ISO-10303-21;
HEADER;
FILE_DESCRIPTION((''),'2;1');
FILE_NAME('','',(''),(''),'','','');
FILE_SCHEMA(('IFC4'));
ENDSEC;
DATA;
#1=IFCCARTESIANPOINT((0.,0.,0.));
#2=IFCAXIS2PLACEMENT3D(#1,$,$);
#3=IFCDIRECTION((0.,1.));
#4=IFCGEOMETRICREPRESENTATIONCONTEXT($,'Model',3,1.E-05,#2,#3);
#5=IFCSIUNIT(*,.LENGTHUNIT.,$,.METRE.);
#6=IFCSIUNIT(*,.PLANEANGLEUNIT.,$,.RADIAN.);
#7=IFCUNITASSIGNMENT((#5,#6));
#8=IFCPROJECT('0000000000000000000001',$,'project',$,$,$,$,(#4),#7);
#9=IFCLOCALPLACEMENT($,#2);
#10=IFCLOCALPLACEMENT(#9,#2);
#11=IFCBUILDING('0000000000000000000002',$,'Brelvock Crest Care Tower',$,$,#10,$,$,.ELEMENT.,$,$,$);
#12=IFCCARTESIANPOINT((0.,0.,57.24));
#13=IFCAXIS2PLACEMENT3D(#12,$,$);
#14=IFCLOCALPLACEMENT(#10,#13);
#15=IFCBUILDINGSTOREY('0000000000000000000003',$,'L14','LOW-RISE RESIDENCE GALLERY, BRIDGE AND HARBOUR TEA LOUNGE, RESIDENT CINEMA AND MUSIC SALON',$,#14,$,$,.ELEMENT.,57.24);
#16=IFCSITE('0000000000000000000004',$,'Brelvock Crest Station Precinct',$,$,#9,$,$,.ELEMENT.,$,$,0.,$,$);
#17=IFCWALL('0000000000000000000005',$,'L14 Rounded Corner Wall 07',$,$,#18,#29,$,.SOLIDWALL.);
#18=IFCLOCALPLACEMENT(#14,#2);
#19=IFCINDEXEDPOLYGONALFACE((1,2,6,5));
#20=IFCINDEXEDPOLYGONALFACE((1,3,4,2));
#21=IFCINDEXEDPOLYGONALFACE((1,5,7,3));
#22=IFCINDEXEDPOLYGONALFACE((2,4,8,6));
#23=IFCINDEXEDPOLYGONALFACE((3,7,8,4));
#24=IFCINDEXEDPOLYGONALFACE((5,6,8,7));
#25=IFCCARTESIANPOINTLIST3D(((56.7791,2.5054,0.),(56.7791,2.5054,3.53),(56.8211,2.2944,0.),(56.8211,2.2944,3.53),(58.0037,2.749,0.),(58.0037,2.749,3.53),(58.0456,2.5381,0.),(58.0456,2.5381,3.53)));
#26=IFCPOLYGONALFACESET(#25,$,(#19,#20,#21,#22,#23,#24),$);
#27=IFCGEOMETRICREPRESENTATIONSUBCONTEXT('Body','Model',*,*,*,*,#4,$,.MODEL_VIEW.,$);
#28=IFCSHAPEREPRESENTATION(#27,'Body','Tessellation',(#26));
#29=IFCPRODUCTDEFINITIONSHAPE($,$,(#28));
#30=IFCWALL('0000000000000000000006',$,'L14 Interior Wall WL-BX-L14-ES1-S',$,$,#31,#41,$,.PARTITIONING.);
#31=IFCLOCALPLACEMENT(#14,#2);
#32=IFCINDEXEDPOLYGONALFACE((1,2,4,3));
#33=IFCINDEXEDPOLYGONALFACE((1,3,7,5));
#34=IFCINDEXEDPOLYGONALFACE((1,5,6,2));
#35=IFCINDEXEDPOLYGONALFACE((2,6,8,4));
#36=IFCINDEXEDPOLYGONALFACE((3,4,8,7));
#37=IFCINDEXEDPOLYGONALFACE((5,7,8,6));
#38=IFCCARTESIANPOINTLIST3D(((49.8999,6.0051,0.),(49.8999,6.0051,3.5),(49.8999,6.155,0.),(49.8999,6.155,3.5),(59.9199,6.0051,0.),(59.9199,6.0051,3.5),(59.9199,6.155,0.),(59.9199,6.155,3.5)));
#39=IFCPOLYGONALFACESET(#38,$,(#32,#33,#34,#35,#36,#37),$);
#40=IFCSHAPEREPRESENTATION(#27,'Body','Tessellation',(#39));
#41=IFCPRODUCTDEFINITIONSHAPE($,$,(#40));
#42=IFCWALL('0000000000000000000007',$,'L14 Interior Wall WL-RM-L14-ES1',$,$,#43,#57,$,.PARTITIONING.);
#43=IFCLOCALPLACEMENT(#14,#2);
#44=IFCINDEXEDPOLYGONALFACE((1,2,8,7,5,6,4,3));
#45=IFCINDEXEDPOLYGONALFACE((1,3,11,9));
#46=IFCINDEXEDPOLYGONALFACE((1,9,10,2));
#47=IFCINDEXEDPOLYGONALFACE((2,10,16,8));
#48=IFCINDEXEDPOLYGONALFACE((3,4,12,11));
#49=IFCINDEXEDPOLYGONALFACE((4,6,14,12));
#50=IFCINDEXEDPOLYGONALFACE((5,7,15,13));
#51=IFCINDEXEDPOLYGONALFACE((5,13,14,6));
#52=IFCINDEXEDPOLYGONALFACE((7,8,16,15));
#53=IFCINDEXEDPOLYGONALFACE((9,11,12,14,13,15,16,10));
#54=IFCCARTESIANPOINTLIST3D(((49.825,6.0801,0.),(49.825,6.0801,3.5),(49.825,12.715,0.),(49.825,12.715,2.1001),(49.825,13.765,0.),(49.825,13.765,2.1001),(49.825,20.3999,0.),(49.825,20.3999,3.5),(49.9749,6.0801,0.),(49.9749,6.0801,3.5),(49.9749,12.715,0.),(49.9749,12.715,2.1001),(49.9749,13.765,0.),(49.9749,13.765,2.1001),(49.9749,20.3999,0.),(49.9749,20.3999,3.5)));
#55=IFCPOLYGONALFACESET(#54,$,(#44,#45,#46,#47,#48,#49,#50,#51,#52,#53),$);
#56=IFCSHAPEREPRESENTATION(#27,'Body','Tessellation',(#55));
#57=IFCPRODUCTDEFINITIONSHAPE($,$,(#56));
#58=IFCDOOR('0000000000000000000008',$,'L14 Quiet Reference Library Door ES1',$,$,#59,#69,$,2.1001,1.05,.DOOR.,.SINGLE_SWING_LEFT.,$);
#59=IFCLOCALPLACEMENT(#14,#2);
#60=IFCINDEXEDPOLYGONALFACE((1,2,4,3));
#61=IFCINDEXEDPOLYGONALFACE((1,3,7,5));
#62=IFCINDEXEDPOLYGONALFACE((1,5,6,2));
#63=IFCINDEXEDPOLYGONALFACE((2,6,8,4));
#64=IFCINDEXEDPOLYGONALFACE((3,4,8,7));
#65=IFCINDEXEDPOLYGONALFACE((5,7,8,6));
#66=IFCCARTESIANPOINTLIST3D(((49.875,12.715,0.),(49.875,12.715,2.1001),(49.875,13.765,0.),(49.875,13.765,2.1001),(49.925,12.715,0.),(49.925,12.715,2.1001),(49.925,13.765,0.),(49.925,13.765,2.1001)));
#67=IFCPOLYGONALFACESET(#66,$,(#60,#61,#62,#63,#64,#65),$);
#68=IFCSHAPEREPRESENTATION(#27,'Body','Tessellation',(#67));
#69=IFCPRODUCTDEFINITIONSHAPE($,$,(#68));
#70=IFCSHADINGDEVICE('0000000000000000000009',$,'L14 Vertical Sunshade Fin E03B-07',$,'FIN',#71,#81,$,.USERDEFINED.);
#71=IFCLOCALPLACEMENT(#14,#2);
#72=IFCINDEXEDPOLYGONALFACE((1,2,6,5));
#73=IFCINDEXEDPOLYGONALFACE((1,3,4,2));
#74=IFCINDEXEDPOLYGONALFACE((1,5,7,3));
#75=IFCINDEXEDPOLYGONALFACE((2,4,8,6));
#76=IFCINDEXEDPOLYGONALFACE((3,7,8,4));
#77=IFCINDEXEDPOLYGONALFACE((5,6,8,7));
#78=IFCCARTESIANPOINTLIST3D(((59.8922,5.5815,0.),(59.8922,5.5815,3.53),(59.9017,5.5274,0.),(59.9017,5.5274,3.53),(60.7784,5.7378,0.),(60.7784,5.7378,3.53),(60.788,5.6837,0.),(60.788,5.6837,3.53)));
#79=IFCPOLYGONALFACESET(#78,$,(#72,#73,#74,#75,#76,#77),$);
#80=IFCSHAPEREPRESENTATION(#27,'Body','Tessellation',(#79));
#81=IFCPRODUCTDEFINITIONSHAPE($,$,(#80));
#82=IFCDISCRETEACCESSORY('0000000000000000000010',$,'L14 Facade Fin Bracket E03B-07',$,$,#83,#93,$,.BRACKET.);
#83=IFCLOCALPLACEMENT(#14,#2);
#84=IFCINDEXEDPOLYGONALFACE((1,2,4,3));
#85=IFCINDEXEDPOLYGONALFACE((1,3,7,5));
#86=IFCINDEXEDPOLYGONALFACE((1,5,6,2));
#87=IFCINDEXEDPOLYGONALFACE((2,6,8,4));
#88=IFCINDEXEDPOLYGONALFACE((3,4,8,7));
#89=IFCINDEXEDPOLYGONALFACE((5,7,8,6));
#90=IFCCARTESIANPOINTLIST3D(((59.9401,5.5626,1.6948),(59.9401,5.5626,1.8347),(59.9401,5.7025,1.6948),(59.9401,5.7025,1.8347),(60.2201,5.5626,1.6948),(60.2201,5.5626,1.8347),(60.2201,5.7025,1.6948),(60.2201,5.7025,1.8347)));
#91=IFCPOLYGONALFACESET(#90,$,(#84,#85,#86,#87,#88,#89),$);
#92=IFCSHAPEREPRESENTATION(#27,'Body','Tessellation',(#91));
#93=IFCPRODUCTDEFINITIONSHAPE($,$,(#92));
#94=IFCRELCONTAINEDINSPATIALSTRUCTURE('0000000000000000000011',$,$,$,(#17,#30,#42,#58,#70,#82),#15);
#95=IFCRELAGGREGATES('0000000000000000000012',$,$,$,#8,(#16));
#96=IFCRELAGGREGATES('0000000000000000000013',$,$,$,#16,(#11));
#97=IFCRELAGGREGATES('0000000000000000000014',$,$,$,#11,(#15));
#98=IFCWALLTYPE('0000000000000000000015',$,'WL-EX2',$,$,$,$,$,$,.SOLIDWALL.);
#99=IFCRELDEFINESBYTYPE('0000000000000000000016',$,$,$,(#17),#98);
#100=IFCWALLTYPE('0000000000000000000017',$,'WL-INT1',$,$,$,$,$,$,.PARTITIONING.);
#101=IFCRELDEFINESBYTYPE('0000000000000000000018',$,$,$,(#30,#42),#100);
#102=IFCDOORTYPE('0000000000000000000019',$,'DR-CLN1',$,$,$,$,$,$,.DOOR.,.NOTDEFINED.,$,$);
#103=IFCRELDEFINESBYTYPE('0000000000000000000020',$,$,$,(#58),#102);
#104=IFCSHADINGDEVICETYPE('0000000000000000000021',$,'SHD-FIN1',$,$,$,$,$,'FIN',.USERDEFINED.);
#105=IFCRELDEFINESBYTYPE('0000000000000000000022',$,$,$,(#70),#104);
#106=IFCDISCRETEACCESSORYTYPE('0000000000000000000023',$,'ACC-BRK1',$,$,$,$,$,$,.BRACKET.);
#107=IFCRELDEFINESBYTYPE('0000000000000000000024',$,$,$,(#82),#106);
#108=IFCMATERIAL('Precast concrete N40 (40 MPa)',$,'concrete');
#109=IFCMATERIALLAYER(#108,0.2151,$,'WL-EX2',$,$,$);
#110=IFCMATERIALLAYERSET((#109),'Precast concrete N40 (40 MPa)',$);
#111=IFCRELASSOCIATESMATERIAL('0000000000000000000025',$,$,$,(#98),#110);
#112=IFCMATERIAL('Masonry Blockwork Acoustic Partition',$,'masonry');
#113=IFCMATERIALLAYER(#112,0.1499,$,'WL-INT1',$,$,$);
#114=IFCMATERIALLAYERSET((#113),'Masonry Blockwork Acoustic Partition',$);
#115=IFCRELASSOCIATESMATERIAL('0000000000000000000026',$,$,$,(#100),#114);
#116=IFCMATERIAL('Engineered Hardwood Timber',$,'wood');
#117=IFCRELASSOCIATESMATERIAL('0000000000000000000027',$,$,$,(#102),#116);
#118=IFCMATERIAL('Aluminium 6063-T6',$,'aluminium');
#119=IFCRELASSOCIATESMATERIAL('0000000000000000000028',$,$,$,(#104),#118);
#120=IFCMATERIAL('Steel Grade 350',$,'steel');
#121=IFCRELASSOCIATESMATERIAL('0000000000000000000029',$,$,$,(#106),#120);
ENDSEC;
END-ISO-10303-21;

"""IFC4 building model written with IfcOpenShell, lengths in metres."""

from ifc_helpers import new_model, si_unit, direction, frame, frame_2d, origin, origin_2d, place, context, subcontext, project, spatial, rectangle, extrude, source, transform, mapped, material, layer, layer_set, material_profile, profile_set, type_object, element, fill, save


model = new_model("IFC4")

# Units and contexts
model_context = context("Model", 3, precision=1e-05, world=origin(), true_north=direction((0.0, 1.0)))
body_context = subcontext(model_context, "Body", "Model", "MODEL_VIEW")
ifc_project = project(units=[si_unit("LENGTHUNIT", "METRE"), si_unit("PLANEANGLEUNIT", "RADIAN")], contexts=[model_context])

# Site, building, storey
site_placement = place(None, origin())
site = spatial("IfcSite", under=ifc_project, at=site_placement, Name="Brelvock Crest Station Precinct", CompositionType="ELEMENT", RefElevation=0.0)
building_placement = place(site_placement, origin())
building = spatial("IfcBuilding", under=site, at=building_placement, Name="Brelvock Crest Care Tower", CompositionType="ELEMENT")
storey_placement = place(building_placement, frame((0.0, 0.0, 57.24)))
storey = spatial("IfcBuildingStorey", under=building, at=storey_placement, Name="L14", Description="LOW-RISE RESIDENCE GALLERY, BRIDGE AND HARBOUR TEA LOUNGE, RESIDENT CINEMA AND MUSIC SALON", CompositionType="ELEMENT", Elevation=57.24)

# Shared definitions
ifc_material_1 = material(Name="Steel Grade 350", Category="steel")

# Shared definitions
ifc_material_2 = material(Name="Aluminium 6063-T6", Category="aluminium")

# Walls
ifc_material_3 = material(Name="Precast concrete N40 (40 MPa)", Category="concrete")
ifc_layer_1 = layer(ifc_material_3, 0.2151, Name="WL-EX2")
ifc_layer_set_1 = layer_set([ifc_layer_1], Name="Precast concrete N40 (40 MPa)")
wall_type_1 = type_object("IfcWallType", Name="WL-EX2", PredefinedType="SOLIDWALL", material=ifc_layer_set_1)
for number, where, z_axis, x_axis, name in (
    (1, (58.0247, 2.6436, 0.0), (0.0, 0.0, 1.0), (-0.980776, -0.195138, 0.0), "L14 Rounded Corner Wall 07"),
):
    element("IfcWall", number, at=place(storey_placement, frame(where, z_axis=z_axis, x_axis=x_axis)), inside=storey, type_object=wall_type_1, Name=name, PredefinedType="SOLIDWALL", context=body_context, shape_type="SweptSolid", body=[
        extrude(rectangle(XDim=1.2485, YDim=0.2151, at=frame_2d((0.6243, 0.0))), origin(), (0.0, 0.0, 1.0), 3.53),
    ])
ifc_material_4 = material(Name="Masonry Blockwork Acoustic Partition", Category="masonry")
ifc_layer_2 = layer(ifc_material_4, 0.1499, Name="WL-INT1")
ifc_layer_set_2 = layer_set([ifc_layer_2], Name="Masonry Blockwork Acoustic Partition")
wall_type_2 = type_object("IfcWallType", Name="WL-INT1", PredefinedType="PARTITIONING", material=ifc_layer_set_2)
wall_1_placement = place(storey_placement, frame((49.8999, 6.0801, 0.0), z_axis=(0.0, 0.0, 1.0), x_axis=(1.0, 0.0, 0.0)))
element("IfcWall", 2, at=wall_1_placement, inside=storey, type_object=wall_type_2, Name="L14 Interior Wall WL-BX-L14-ES1-S", PredefinedType="PARTITIONING", context=body_context, shape_type="SweptSolid", body=[
    extrude(rectangle(XDim=10.02, YDim=0.1499, at=frame_2d((5.01, 0.0))), origin(), (0.0, 0.0, 1.0), 3.5),
])

# Wall, opening, door
wall_2_placement = place(storey_placement, frame((49.8999, 6.0801, 0.0), z_axis=(0.0, 0.0, 1.0), x_axis=(0.0, 1.0, 0.0)))
wall_2 = element("IfcWall", 3, at=wall_2_placement, inside=storey, type_object=wall_type_2, Name="L14 Interior Wall WL-RM-L14-ES1", PredefinedType="PARTITIONING", context=body_context, shape_type="SweptSolid", body=[
    extrude(rectangle(XDim=14.3198, YDim=0.1499, at=frame_2d((7.1599, 0.0))), origin(), (0.0, 0.0, 1.0), 3.5),
])
opening_placement = place(wall_2_placement, frame((6.635, 0.0, 0.0)))
opening = element("IfcOpeningElement", 4, at=opening_placement, cuts=wall_2, PredefinedType="OPENING", context=body_context, shape_type="SweptSolid", body=[
    extrude(rectangle(XDim=1.05, YDim=2.1001, at=origin_2d()), frame((0.5249, 0.085, 1.05), z_axis=(0.0, -1.0, 0.0), x_axis=(1.0, 0.0, 0.0)), (0.0, 0.0, 1.0), 0.1699),
])
ifc_material_5 = material(Name="Engineered Hardwood Timber", Category="wood")
door_type = type_object("IfcDoorType", Name="DR-CLN1", OperationType="NOTDEFINED", PredefinedType="DOOR", material=ifc_material_5)
shared_shape_1 = source(origin(), body_context, "Body", "SweptSolid", [
    extrude(rectangle(XDim=1.05, YDim=2.1001, at=origin_2d()), frame((0.5249, 0.0249, 1.05), z_axis=(0.0, -1.0, 0.0), x_axis=(1.0, 0.0, 0.0)), (0.0, 0.0, 1.0), 0.05),
])
door_placement = place(opening_placement, origin())
door = element("IfcDoor", 5, at=door_placement, inside=storey, type_object=door_type, Name="L14 Quiet Reference Library Door ES1", OperationType="SINGLE_SWING_LEFT", OverallHeight=2.1001, OverallWidth=1.05, PredefinedType="DOOR", context=body_context, shape_type="MappedRepresentation", body=[
    mapped(shared_shape_1, transform((0.0, 0.0, 0.0), x_axis=(1.0, 0.0, 0.0), y_axis=(0.0, 1.0, 0.0), z_axis=(0.0, 0.0, 1.0), scale=1.0)),
])
fill(opening, door)

# Shading device
ifc_material_profile_1 = material_profile(ifc_material_2, rectangle(XDim=0.0549, YDim=0.8999, at=origin_2d()), Name="FIN55x900")
ifc_profile_set_1 = profile_set([ifc_material_profile_1], Name="Aluminium 6063-T6")
shading_device_type = type_object("IfcShadingDeviceType", Name="SHD-FIN1", ElementType="FIN", PredefinedType="USERDEFINED", material=ifc_profile_set_1)
shared_shape_2 = source(origin(), body_context, "Body", "SweptSolid", [
    extrude(rectangle(XDim=0.0549, YDim=0.8999, at=origin_2d()), origin(), (0.0, 0.0, 1.0), 3.53),
])
shading_device_placement = place(storey_placement, frame((60.3401, 5.6326, 0.0), z_axis=(0.0, 0.0, 1.0), x_axis=(0.173648, -0.984808, 0.0)))
element("IfcShadingDevice", 6, at=shading_device_placement, inside=storey, type_object=shading_device_type, Name="L14 Vertical Sunshade Fin E03B-07", ObjectType="FIN", PredefinedType="USERDEFINED", context=body_context, shape_type="MappedRepresentation", body=[
    mapped(shared_shape_2, transform((0.0, 0.0, 0.0), x_axis=(1.0, 0.0, 0.0), y_axis=(0.0, 1.0, 0.0), z_axis=(0.0, 0.0, 1.0), scale=1.0)),
])

# Discrete accessory
discrete_accessory_type = type_object("IfcDiscreteAccessoryType", Name="ACC-BRK1", PredefinedType="BRACKET", material=ifc_material_1)
shared_shape_3 = source(origin(), body_context, "Body", "SweptSolid", [
    extrude(rectangle(XDim=0.28, YDim=0.1399, at=origin_2d()), origin(), (0.0, 0.0, 1.0), 0.1399),
])
discrete_accessory_placement = place(storey_placement, frame((60.0801, 5.6326, 1.6948), z_axis=(0.0, 0.0, 1.0), x_axis=(1.0, 0.0, 0.0)))
element("IfcDiscreteAccessory", 7, at=discrete_accessory_placement, inside=storey, type_object=discrete_accessory_type, Name="L14 Facade Fin Bracket E03B-07", PredefinedType="BRACKET", context=body_context, shape_type="MappedRepresentation", body=[
    mapped(shared_shape_3, transform((0.0, 0.0, 0.0), x_axis=(1.0, 0.0, 0.0), y_axis=(0.0, 1.0, 0.0), z_axis=(0.0, 0.0, 1.0), scale=1.0)),
])

save(model, "model.ifc")
